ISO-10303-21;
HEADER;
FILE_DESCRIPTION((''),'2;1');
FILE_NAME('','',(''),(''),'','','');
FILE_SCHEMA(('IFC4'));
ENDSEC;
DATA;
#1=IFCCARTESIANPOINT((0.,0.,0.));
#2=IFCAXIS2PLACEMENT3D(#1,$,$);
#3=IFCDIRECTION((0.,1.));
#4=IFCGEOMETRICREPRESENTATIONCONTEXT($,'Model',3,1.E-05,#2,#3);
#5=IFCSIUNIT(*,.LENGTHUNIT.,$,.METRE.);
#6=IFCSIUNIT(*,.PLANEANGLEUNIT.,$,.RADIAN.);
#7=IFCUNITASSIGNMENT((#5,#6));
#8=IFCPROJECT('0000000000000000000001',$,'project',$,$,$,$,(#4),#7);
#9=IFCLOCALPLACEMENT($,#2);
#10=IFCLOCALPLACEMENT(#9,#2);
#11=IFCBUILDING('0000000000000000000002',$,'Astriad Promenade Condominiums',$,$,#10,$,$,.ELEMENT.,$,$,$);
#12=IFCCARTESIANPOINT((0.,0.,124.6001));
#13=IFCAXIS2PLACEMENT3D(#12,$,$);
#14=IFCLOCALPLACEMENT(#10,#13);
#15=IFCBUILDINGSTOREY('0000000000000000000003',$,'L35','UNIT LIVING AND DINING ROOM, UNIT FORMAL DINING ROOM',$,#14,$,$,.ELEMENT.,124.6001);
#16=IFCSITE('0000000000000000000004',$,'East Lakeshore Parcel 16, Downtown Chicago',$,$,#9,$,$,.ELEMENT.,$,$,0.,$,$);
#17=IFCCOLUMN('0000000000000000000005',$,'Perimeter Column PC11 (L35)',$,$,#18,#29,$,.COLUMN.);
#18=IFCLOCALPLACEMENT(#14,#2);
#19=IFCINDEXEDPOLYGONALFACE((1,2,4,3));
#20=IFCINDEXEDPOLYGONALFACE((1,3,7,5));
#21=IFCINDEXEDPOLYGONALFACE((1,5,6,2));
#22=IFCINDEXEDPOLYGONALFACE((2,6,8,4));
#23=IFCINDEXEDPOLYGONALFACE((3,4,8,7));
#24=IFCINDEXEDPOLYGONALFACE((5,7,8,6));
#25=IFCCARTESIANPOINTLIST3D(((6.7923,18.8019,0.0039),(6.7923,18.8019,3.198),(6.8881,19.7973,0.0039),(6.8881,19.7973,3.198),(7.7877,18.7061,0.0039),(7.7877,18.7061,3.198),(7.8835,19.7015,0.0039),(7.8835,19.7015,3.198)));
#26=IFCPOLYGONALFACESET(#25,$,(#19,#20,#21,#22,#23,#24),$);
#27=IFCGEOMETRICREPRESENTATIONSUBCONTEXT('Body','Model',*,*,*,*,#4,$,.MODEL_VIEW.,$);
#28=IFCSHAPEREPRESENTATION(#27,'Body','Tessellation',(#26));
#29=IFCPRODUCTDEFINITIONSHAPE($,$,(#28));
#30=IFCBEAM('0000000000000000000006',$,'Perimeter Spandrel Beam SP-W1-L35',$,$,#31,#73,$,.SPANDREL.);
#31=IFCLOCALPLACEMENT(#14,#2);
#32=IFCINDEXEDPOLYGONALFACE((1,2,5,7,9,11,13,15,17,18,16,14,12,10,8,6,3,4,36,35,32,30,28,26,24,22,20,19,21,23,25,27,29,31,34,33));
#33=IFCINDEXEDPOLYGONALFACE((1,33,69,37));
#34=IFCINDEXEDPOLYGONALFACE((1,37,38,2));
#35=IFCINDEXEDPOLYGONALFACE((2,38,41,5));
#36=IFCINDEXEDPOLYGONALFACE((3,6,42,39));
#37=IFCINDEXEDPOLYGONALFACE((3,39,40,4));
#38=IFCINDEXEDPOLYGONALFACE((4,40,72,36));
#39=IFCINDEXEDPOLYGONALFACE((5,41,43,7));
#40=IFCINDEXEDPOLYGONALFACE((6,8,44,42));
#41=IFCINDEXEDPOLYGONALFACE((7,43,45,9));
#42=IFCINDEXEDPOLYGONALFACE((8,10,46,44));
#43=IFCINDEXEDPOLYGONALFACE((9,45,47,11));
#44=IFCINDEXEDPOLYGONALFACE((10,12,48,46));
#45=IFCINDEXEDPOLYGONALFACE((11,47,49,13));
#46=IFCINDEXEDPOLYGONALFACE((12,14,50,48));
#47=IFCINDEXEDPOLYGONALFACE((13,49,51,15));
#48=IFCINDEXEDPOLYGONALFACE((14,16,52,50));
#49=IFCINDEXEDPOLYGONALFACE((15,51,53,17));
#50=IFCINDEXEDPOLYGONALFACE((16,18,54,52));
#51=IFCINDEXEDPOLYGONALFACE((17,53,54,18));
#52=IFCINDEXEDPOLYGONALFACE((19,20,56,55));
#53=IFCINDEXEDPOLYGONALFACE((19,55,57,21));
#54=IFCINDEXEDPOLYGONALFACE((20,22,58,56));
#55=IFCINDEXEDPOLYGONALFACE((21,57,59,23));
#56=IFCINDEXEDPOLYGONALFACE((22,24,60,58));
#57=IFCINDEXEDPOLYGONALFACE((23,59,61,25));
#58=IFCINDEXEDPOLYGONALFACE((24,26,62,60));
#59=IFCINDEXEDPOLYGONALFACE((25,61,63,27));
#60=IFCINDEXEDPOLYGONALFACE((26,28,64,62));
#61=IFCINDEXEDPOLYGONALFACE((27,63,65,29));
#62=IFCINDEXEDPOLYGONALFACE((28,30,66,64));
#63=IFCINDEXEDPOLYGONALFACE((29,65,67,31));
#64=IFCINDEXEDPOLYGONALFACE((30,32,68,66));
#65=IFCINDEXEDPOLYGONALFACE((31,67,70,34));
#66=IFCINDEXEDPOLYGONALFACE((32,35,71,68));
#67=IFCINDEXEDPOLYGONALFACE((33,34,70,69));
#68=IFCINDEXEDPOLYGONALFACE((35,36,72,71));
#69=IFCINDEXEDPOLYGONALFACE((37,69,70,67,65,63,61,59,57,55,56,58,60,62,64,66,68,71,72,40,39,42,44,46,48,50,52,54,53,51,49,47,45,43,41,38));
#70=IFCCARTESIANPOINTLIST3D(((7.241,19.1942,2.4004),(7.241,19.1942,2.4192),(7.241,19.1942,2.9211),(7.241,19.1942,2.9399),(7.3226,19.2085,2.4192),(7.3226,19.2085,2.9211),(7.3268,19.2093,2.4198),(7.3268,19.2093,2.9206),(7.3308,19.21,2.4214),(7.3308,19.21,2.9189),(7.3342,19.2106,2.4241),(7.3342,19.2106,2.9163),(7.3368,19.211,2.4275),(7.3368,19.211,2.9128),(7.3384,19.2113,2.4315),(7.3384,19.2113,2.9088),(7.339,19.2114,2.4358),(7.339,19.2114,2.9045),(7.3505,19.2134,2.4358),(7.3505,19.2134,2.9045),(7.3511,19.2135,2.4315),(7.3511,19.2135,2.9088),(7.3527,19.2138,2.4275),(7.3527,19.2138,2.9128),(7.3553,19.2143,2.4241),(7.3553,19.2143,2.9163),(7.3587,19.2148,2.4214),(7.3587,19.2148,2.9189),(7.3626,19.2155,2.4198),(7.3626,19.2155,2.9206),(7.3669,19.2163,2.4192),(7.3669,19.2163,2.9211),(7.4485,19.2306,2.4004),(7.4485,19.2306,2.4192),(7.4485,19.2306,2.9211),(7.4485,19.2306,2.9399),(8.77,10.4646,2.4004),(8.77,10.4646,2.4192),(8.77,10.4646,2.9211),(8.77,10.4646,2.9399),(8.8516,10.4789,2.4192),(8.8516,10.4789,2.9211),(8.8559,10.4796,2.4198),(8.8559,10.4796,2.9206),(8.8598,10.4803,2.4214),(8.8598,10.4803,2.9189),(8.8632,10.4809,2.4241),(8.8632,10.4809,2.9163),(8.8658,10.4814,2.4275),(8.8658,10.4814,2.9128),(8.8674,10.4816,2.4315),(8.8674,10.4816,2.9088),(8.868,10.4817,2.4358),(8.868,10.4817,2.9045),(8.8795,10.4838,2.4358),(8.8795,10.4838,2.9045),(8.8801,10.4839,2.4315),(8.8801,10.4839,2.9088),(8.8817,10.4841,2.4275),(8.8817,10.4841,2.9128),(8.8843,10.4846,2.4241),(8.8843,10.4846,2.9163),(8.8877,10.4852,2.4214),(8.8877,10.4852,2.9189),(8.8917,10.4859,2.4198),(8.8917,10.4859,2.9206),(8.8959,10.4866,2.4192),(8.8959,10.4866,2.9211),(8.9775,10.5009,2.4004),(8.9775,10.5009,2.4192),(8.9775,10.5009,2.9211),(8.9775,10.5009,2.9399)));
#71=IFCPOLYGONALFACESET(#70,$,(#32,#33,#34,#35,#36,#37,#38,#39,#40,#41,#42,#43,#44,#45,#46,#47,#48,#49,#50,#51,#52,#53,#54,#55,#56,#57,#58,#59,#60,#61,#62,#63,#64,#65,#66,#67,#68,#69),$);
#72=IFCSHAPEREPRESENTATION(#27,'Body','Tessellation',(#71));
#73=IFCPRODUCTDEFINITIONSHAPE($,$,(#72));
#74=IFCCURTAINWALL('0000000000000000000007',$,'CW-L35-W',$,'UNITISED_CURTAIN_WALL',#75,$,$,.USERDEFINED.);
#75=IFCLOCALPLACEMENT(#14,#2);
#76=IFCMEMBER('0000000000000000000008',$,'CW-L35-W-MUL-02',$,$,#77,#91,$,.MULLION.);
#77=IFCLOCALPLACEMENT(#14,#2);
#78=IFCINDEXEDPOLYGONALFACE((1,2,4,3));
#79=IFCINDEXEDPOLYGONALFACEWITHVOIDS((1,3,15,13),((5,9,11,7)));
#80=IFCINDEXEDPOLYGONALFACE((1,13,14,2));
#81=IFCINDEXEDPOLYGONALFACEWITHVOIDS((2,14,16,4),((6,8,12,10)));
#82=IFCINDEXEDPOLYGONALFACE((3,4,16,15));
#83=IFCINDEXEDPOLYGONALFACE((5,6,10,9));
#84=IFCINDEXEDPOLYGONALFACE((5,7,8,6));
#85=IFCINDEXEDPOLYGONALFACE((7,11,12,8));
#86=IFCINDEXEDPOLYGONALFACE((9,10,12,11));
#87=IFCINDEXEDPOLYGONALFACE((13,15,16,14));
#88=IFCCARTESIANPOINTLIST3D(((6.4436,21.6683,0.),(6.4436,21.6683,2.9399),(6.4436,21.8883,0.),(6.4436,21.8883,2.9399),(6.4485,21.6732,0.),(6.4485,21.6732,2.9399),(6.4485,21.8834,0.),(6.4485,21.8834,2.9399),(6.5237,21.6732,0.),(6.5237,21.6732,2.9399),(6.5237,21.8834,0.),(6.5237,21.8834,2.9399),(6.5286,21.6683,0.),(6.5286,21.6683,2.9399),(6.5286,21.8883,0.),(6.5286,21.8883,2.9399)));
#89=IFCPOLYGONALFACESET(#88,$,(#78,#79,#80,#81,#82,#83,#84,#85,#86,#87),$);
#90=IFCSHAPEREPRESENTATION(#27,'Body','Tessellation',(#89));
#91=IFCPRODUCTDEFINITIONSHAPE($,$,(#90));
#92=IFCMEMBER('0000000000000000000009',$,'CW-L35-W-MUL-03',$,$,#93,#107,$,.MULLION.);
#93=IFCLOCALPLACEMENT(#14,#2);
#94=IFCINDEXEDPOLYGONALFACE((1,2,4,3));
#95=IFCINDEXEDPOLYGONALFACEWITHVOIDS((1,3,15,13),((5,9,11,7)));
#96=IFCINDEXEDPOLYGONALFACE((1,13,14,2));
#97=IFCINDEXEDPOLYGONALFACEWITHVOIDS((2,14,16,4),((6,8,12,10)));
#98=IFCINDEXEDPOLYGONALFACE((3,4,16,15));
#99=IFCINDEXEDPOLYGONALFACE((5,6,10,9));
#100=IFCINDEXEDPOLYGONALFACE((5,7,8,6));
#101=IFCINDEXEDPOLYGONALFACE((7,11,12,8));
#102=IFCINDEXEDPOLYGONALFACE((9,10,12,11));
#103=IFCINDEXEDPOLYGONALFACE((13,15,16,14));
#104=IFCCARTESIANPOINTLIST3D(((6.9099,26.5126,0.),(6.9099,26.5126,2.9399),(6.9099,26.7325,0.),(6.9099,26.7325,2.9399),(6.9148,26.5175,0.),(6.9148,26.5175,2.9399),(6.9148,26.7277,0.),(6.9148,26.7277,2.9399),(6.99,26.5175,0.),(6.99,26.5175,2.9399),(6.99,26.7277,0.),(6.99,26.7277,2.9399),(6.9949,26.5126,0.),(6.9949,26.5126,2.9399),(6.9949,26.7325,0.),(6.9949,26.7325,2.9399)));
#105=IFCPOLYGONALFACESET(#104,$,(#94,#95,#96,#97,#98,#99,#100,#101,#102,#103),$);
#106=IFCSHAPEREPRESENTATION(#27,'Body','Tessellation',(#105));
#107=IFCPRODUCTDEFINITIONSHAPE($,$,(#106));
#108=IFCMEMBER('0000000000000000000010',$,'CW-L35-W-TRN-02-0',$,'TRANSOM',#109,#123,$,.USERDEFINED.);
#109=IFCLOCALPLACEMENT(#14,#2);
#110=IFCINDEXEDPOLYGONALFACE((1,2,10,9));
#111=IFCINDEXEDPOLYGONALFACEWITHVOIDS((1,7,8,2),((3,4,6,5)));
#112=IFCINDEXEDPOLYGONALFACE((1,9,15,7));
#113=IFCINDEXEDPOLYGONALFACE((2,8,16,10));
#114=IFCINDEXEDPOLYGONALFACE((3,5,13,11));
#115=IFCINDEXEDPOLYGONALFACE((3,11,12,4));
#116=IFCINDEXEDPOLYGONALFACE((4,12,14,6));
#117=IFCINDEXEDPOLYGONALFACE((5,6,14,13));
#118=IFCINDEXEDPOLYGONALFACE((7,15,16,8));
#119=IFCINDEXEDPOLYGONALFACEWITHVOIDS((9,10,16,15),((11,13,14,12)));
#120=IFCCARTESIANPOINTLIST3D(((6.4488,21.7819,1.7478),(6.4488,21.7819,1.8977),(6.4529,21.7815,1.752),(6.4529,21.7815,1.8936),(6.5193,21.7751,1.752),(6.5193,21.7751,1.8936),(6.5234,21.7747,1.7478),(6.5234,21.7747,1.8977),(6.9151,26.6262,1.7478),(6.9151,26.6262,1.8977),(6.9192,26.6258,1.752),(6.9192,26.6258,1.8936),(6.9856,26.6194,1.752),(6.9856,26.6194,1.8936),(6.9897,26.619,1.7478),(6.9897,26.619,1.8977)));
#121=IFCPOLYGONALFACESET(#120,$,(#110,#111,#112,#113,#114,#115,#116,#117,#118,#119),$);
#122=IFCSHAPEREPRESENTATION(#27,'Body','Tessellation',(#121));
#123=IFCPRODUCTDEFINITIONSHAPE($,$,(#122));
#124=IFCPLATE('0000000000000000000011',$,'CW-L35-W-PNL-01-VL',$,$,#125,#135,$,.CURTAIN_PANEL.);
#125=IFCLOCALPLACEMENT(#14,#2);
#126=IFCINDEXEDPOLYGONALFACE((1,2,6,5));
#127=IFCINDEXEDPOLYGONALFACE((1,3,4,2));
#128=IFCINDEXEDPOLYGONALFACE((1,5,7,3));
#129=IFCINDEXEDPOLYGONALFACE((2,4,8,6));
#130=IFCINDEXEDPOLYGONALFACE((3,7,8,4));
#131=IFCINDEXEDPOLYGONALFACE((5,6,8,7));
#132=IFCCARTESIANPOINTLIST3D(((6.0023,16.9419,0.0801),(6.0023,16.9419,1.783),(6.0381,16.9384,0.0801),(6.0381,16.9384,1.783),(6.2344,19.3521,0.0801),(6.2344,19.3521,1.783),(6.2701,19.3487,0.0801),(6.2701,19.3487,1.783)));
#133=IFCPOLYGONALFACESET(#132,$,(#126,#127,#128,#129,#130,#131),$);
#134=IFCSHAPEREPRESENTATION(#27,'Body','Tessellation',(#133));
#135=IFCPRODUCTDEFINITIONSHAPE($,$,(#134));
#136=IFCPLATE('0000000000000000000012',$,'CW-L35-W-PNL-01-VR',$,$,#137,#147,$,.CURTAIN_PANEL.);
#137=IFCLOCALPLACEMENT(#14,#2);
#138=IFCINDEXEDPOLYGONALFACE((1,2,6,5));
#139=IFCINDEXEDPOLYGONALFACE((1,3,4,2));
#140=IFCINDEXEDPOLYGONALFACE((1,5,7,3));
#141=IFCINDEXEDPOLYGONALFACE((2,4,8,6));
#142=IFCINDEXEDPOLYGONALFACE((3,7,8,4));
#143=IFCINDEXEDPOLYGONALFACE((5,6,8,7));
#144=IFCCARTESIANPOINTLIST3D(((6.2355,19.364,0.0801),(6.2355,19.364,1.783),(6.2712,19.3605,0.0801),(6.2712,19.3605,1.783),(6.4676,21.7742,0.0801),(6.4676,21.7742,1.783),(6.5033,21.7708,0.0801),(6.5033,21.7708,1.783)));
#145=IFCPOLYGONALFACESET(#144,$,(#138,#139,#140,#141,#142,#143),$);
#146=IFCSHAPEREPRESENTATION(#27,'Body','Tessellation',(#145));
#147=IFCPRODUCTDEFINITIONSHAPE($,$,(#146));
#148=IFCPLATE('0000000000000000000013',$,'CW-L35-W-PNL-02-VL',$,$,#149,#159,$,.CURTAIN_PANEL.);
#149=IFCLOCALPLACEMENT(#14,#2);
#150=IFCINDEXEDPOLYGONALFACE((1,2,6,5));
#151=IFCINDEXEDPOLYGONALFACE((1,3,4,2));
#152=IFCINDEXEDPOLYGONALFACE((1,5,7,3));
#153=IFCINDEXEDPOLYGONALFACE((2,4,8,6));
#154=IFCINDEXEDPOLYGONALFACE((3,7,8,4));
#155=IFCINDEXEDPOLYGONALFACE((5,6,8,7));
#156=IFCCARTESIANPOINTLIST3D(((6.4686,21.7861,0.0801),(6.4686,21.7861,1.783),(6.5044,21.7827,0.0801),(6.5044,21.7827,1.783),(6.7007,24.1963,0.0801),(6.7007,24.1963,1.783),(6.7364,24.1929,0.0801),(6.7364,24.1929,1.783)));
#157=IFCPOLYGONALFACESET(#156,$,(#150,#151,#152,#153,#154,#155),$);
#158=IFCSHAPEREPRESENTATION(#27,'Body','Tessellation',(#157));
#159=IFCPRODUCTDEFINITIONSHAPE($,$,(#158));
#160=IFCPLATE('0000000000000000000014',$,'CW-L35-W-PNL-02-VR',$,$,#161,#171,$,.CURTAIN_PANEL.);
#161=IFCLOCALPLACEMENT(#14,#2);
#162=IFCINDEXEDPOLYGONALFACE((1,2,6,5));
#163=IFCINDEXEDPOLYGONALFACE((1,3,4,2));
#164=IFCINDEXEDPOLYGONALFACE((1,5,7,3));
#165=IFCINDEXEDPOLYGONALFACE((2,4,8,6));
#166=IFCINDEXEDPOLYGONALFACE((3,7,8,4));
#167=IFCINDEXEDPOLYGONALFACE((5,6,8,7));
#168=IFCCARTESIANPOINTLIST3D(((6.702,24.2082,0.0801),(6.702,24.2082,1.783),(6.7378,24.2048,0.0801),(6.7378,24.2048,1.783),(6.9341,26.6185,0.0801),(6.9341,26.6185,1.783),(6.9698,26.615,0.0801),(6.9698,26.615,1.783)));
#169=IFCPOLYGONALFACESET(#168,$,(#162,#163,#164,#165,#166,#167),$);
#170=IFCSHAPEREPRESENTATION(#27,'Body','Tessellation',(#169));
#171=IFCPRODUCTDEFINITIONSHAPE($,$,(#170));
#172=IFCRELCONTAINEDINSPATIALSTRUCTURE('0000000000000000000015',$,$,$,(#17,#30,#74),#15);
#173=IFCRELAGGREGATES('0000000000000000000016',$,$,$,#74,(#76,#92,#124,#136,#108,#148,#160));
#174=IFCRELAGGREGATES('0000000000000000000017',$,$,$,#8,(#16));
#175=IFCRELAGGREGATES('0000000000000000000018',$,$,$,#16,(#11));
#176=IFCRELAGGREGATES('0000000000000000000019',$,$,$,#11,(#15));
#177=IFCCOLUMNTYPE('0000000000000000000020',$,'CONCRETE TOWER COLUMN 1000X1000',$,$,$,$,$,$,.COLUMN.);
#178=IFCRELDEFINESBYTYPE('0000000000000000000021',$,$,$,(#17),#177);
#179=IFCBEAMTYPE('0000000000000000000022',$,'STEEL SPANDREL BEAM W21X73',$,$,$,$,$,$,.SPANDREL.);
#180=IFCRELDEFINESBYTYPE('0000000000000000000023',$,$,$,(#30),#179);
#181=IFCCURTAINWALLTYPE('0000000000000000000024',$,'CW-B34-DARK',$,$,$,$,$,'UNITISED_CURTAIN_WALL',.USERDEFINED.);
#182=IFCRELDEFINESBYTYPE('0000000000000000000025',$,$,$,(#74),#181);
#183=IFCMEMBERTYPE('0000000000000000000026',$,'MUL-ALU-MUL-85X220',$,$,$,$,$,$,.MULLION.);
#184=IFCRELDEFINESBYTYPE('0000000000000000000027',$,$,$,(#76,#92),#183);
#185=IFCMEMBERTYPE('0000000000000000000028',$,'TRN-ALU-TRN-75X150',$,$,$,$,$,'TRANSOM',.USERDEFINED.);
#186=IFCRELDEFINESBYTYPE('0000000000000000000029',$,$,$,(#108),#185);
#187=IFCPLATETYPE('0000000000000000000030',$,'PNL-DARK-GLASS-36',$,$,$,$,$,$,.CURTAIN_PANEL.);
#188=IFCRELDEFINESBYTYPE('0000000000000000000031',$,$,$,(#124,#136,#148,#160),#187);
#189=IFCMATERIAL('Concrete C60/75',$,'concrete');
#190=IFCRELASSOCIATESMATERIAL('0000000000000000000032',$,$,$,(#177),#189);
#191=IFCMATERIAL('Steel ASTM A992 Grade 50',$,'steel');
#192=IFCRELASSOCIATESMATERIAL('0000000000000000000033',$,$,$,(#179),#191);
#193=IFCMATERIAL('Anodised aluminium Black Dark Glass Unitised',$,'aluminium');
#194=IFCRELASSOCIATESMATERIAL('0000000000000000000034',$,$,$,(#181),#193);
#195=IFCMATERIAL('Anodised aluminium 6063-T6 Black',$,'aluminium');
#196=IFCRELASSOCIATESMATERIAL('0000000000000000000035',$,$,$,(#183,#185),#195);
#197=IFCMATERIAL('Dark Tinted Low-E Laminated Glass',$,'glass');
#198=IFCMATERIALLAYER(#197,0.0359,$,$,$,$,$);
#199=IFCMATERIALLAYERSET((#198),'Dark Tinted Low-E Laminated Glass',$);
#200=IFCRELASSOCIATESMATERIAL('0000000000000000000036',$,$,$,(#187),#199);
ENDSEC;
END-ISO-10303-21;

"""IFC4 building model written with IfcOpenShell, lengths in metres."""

from ifc_helpers import new_model, si_unit, direction, frame, origin, origin_2d, place, context, subcontext, project, spatial, rectangle, hollow_rectangle, i_section, extrude, source, transform, mapped, material, layer, layer_set, material_profile, profile_set, type_object, type_shapes, element, aggregate, save


model = new_model("IFC4")

# Units and contexts
model_context = context("Model", 3, precision=1e-05, world=origin(), true_north=direction((0.0, 1.0)))
body_context = subcontext(model_context, "Body", "Model", "MODEL_VIEW")
ifc_project = project(units=[si_unit("LENGTHUNIT", "METRE"), si_unit("PLANEANGLEUNIT", "RADIAN")], contexts=[model_context])

# Site, building, storey
site_placement = place(None, origin())
site = spatial("IfcSite", under=ifc_project, at=site_placement, Name="East Lakeshore Parcel 16, Downtown Chicago", CompositionType="ELEMENT", RefElevation=0.0)
building_placement = place(site_placement, origin())
building = spatial("IfcBuilding", under=site, at=building_placement, Name="Astriad Promenade Condominiums", CompositionType="ELEMENT")
storey_placement = place(building_placement, frame((0.0, 0.0, 124.6001)))
storey = spatial("IfcBuildingStorey", under=building, at=storey_placement, Name="L35", Description="UNIT LIVING AND DINING ROOM, UNIT FORMAL DINING ROOM", CompositionType="ELEMENT", Elevation=124.6001)

# Column
ifc_material_1 = material(Name="Concrete C60/75", Category="concrete")
ifc_material_profile_1 = material_profile(ifc_material_1, rectangle(XDim=1.0, YDim=1.0, at=origin_2d()), Name="RC-COL-1000X1000")
ifc_profile_set_1 = profile_set([ifc_material_profile_1], Name="Concrete C60/75")
column_type = type_object("IfcColumnType", Name="CONCRETE TOWER COLUMN 1000X1000", PredefinedType="COLUMN", material=ifc_profile_set_1)
shared_shape_1 = source(origin(), body_context, "Body", "SweptSolid", [
    extrude(rectangle(XDim=1.0, YDim=1.0, at=origin_2d()), origin(), (0.0, 0.0, 1.0), 3.1941),
])
type_shapes(column_type, [shared_shape_1])
column_placement = place(storey_placement, frame((7.3379, 19.2517, 0.0039), z_axis=(0.0, 0.0, 1.0), x_axis=(0.995396, -0.095846, 0.0)))
element("IfcColumn", 1, at=column_placement, inside=storey, type_object=column_type, Name="Perimeter Column PC11 (L35)", PredefinedType="COLUMN", context=body_context, shape_type="MappedRepresentation", body=[
    mapped(shared_shape_1, transform((0.0, 0.0, 0.0), scale=1.0)),
])

# Beam
ifc_material_2 = material(Name="Steel ASTM A992 Grade 50", Category="steel")
ifc_material_profile_2 = material_profile(ifc_material_2, i_section(OverallWidth=0.2107, OverallDepth=0.5396, WebThickness=0.0117, FlangeThickness=0.0188, FilletRadius=0.0166, at=origin_2d()), Name="W21X73")
ifc_profile_set_2 = profile_set([ifc_material_profile_2], Name="Steel ASTM A992 Grade 50")
beam_type = type_object("IfcBeamType", Name="STEEL SPANDREL BEAM W21X73", PredefinedType="SPANDREL", material=ifc_profile_set_2)
shared_shape_2 = source(origin(), body_context, "Body", "SweptSolid", [
    extrude(i_section(OverallWidth=0.2107, OverallDepth=0.5396, WebThickness=0.0117, FlangeThickness=0.0188, FilletRadius=0.0166, at=origin_2d()), origin(), (0.0, 0.0, 1.0), 8.8625),
])
type_shapes(beam_type, [shared_shape_2])
beam_placement = place(storey_placement, frame((7.3447, 19.2124, 2.6702), z_axis=(0.172528, -0.985005, 0.0), x_axis=(0.985005, 0.172528, 0.0)))
element("IfcBeam", 2, at=beam_placement, inside=storey, type_object=beam_type, Name="Perimeter Spandrel Beam SP-W1-L35", PredefinedType="SPANDREL", context=body_context, shape_type="MappedRepresentation", body=[
    mapped(shared_shape_2, transform((0.0, 0.0, 0.0), scale=1.0)),
])

# Curtain wall, members, plates
ifc_material_3 = material(Name="Anodised aluminium Black Dark Glass Unitised", Category="aluminium")
curtain_wall_type = type_object("IfcCurtainWallType", Name="CW-B34-DARK", ElementType="UNITISED_CURTAIN_WALL", PredefinedType="USERDEFINED", material=ifc_material_3)
curtain_wall_placement = place(storey_placement, origin())
curtain_wall = element("IfcCurtainWall", 3, at=curtain_wall_placement, inside=storey, type_object=curtain_wall_type, Name="CW-L35-W", ObjectType="UNITISED_CURTAIN_WALL", PredefinedType="USERDEFINED")
ifc_material_4 = material(Name="Anodised aluminium 6063-T6 Black", Category="aluminium")
ifc_material_profile_3 = material_profile(ifc_material_4, hollow_rectangle(XDim=0.085, YDim=0.22, WallThickness=0.0049, at=origin_2d()), Name="ALU-MUL-85X220")
ifc_profile_set_3 = profile_set([ifc_material_profile_3], Name="Anodised aluminium 6063-T6 Black")
member_type_1 = type_object("IfcMemberType", Name="MUL-ALU-MUL-85X220", PredefinedType="MULLION", material=ifc_profile_set_3)
shared_shape_3 = source(origin(), body_context, "Body", "SweptSolid", [
    extrude(hollow_rectangle(XDim=0.085, YDim=0.22, WallThickness=0.0049, at=origin_2d()), origin(), (0.0, 0.0, 1.0), 2.9399),
])
type_shapes(member_type_1, [shared_shape_3])
member_1_placement = place(storey_placement, frame((6.4861, 21.7783, 0.0), z_axis=(0.0, 0.0, 1.0), x_axis=(1.0, 0.0, 0.0)))
member_1 = element("IfcMember", 4, at=member_1_placement, type_object=member_type_1, Name="CW-L35-W-MUL-02", PredefinedType="MULLION", context=body_context, shape_type="MappedRepresentation", body=[
    mapped(shared_shape_3, transform((0.0, 0.0, 0.0), scale=1.0)),
])
member_2_placement = place(storey_placement, frame((6.9524, 26.6226, 0.0), z_axis=(0.0, 0.0, 1.0), x_axis=(1.0, 0.0, 0.0)))
member_2 = element("IfcMember", 5, at=member_2_placement, type_object=member_type_1, Name="CW-L35-W-MUL-03", PredefinedType="MULLION", context=body_context, shape_type="MappedRepresentation", body=[
    mapped(shared_shape_3, transform((0.0, 0.0, 0.0), scale=1.0)),
])
ifc_material_profile_4 = material_profile(ifc_material_4, hollow_rectangle(XDim=0.075, YDim=0.1499, WallThickness=0.0042, at=origin_2d()), Name="ALU-TRN-75X150")
ifc_profile_set_4 = profile_set([ifc_material_profile_4], Name="Anodised aluminium 6063-T6 Black")
member_type_2 = type_object("IfcMemberType", Name="TRN-ALU-TRN-75X150", ElementType="TRANSOM", PredefinedType="USERDEFINED", material=ifc_profile_set_4)
shared_shape_4 = source(origin(), body_context, "Body", "SweptSolid", [
    extrude(hollow_rectangle(XDim=0.075, YDim=0.1499, WallThickness=0.0042, at=origin_2d()), origin(), (0.0, 0.0, 1.0), 4.8667),
])
type_shapes(member_type_2, [shared_shape_4])
member_3_placement = place(storey_placement, frame((6.4861, 21.7783, 1.8228), z_axis=(0.095818, 0.995399, 0.0), x_axis=(-0.995399, 0.095818, 0.0)))
member_3 = element("IfcMember", 6, at=member_3_placement, type_object=member_type_2, Name="CW-L35-W-TRN-02-0", ObjectType="TRANSOM", PredefinedType="USERDEFINED", context=body_context, shape_type="MappedRepresentation", body=[
    mapped(shared_shape_4, transform((0.0, 0.0, 0.0), scale=1.0)),
])
ifc_material_5 = material(Name="Dark Tinted Low-E Laminated Glass", Category="glass")
ifc_layer_1 = layer(ifc_material_5, 0.0359)
ifc_layer_set_1 = layer_set([ifc_layer_1], Name="Dark Tinted Low-E Laminated Glass")
plate_type = type_object("IfcPlateType", Name="PNL-DARK-GLASS-36", PredefinedType="CURTAIN_PANEL", material=ifc_layer_set_1)
shared_shape_5 = source(origin(), body_context, "Body", "SweptSolid", [
    extrude(rectangle(XDim=2.4214, YDim=0.0359, at=origin_2d()), origin(), (0.0, 0.0, 1.0), 1.7029),
])
plate_1_placement = place(storey_placement, frame((6.1362, 18.1453, 0.0801), z_axis=(0.0, 0.0, 1.0), x_axis=(0.095846, 0.995396, 0.0)))
plate_1 = element("IfcPlate", 7, at=plate_1_placement, type_object=plate_type, Name="CW-L35-W-PNL-01-VL", PredefinedType="CURTAIN_PANEL", context=body_context, shape_type="MappedRepresentation", body=[
    mapped(shared_shape_5, transform((0.0, 0.0, 0.0), scale=1.0)),
])
plate_2_placement = place(storey_placement, frame((6.3694, 20.5674, 0.0801), z_axis=(0.0, 0.0, 1.0), x_axis=(0.095846, 0.995396, 0.0)))
plate_2 = element("IfcPlate", 8, at=plate_2_placement, type_object=plate_type, Name="CW-L35-W-PNL-01-VR", PredefinedType="CURTAIN_PANEL", context=body_context, shape_type="MappedRepresentation", body=[
    mapped(shared_shape_5, transform((0.0, 0.0, 0.0), scale=1.0)),
])
plate_3_placement = place(storey_placement, frame((6.6025, 22.9895, 0.0801), z_axis=(0.0, 0.0, 1.0), x_axis=(0.095846, 0.995396, 0.0)))
plate_3 = element("IfcPlate", 9, at=plate_3_placement, type_object=plate_type, Name="CW-L35-W-PNL-02-VL", PredefinedType="CURTAIN_PANEL", context=body_context, shape_type="MappedRepresentation", body=[
    mapped(shared_shape_5, transform((0.0, 0.0, 0.0), scale=1.0)),
])
plate_4_placement = place(storey_placement, frame((6.8359, 25.4116, 0.0801), z_axis=(0.0, 0.0, 1.0), x_axis=(0.095846, 0.995396, 0.0)))
plate_4 = element("IfcPlate", 10, at=plate_4_placement, type_object=plate_type, Name="CW-L35-W-PNL-02-VR", PredefinedType="CURTAIN_PANEL", context=body_context, shape_type="MappedRepresentation", body=[
    mapped(shared_shape_5, transform((0.0, 0.0, 0.0), scale=1.0)),
])
aggregate(curtain_wall, [member_1, member_2, plate_1, plate_2, member_3, plate_3, plate_4])

save(model, "model.ifc")
